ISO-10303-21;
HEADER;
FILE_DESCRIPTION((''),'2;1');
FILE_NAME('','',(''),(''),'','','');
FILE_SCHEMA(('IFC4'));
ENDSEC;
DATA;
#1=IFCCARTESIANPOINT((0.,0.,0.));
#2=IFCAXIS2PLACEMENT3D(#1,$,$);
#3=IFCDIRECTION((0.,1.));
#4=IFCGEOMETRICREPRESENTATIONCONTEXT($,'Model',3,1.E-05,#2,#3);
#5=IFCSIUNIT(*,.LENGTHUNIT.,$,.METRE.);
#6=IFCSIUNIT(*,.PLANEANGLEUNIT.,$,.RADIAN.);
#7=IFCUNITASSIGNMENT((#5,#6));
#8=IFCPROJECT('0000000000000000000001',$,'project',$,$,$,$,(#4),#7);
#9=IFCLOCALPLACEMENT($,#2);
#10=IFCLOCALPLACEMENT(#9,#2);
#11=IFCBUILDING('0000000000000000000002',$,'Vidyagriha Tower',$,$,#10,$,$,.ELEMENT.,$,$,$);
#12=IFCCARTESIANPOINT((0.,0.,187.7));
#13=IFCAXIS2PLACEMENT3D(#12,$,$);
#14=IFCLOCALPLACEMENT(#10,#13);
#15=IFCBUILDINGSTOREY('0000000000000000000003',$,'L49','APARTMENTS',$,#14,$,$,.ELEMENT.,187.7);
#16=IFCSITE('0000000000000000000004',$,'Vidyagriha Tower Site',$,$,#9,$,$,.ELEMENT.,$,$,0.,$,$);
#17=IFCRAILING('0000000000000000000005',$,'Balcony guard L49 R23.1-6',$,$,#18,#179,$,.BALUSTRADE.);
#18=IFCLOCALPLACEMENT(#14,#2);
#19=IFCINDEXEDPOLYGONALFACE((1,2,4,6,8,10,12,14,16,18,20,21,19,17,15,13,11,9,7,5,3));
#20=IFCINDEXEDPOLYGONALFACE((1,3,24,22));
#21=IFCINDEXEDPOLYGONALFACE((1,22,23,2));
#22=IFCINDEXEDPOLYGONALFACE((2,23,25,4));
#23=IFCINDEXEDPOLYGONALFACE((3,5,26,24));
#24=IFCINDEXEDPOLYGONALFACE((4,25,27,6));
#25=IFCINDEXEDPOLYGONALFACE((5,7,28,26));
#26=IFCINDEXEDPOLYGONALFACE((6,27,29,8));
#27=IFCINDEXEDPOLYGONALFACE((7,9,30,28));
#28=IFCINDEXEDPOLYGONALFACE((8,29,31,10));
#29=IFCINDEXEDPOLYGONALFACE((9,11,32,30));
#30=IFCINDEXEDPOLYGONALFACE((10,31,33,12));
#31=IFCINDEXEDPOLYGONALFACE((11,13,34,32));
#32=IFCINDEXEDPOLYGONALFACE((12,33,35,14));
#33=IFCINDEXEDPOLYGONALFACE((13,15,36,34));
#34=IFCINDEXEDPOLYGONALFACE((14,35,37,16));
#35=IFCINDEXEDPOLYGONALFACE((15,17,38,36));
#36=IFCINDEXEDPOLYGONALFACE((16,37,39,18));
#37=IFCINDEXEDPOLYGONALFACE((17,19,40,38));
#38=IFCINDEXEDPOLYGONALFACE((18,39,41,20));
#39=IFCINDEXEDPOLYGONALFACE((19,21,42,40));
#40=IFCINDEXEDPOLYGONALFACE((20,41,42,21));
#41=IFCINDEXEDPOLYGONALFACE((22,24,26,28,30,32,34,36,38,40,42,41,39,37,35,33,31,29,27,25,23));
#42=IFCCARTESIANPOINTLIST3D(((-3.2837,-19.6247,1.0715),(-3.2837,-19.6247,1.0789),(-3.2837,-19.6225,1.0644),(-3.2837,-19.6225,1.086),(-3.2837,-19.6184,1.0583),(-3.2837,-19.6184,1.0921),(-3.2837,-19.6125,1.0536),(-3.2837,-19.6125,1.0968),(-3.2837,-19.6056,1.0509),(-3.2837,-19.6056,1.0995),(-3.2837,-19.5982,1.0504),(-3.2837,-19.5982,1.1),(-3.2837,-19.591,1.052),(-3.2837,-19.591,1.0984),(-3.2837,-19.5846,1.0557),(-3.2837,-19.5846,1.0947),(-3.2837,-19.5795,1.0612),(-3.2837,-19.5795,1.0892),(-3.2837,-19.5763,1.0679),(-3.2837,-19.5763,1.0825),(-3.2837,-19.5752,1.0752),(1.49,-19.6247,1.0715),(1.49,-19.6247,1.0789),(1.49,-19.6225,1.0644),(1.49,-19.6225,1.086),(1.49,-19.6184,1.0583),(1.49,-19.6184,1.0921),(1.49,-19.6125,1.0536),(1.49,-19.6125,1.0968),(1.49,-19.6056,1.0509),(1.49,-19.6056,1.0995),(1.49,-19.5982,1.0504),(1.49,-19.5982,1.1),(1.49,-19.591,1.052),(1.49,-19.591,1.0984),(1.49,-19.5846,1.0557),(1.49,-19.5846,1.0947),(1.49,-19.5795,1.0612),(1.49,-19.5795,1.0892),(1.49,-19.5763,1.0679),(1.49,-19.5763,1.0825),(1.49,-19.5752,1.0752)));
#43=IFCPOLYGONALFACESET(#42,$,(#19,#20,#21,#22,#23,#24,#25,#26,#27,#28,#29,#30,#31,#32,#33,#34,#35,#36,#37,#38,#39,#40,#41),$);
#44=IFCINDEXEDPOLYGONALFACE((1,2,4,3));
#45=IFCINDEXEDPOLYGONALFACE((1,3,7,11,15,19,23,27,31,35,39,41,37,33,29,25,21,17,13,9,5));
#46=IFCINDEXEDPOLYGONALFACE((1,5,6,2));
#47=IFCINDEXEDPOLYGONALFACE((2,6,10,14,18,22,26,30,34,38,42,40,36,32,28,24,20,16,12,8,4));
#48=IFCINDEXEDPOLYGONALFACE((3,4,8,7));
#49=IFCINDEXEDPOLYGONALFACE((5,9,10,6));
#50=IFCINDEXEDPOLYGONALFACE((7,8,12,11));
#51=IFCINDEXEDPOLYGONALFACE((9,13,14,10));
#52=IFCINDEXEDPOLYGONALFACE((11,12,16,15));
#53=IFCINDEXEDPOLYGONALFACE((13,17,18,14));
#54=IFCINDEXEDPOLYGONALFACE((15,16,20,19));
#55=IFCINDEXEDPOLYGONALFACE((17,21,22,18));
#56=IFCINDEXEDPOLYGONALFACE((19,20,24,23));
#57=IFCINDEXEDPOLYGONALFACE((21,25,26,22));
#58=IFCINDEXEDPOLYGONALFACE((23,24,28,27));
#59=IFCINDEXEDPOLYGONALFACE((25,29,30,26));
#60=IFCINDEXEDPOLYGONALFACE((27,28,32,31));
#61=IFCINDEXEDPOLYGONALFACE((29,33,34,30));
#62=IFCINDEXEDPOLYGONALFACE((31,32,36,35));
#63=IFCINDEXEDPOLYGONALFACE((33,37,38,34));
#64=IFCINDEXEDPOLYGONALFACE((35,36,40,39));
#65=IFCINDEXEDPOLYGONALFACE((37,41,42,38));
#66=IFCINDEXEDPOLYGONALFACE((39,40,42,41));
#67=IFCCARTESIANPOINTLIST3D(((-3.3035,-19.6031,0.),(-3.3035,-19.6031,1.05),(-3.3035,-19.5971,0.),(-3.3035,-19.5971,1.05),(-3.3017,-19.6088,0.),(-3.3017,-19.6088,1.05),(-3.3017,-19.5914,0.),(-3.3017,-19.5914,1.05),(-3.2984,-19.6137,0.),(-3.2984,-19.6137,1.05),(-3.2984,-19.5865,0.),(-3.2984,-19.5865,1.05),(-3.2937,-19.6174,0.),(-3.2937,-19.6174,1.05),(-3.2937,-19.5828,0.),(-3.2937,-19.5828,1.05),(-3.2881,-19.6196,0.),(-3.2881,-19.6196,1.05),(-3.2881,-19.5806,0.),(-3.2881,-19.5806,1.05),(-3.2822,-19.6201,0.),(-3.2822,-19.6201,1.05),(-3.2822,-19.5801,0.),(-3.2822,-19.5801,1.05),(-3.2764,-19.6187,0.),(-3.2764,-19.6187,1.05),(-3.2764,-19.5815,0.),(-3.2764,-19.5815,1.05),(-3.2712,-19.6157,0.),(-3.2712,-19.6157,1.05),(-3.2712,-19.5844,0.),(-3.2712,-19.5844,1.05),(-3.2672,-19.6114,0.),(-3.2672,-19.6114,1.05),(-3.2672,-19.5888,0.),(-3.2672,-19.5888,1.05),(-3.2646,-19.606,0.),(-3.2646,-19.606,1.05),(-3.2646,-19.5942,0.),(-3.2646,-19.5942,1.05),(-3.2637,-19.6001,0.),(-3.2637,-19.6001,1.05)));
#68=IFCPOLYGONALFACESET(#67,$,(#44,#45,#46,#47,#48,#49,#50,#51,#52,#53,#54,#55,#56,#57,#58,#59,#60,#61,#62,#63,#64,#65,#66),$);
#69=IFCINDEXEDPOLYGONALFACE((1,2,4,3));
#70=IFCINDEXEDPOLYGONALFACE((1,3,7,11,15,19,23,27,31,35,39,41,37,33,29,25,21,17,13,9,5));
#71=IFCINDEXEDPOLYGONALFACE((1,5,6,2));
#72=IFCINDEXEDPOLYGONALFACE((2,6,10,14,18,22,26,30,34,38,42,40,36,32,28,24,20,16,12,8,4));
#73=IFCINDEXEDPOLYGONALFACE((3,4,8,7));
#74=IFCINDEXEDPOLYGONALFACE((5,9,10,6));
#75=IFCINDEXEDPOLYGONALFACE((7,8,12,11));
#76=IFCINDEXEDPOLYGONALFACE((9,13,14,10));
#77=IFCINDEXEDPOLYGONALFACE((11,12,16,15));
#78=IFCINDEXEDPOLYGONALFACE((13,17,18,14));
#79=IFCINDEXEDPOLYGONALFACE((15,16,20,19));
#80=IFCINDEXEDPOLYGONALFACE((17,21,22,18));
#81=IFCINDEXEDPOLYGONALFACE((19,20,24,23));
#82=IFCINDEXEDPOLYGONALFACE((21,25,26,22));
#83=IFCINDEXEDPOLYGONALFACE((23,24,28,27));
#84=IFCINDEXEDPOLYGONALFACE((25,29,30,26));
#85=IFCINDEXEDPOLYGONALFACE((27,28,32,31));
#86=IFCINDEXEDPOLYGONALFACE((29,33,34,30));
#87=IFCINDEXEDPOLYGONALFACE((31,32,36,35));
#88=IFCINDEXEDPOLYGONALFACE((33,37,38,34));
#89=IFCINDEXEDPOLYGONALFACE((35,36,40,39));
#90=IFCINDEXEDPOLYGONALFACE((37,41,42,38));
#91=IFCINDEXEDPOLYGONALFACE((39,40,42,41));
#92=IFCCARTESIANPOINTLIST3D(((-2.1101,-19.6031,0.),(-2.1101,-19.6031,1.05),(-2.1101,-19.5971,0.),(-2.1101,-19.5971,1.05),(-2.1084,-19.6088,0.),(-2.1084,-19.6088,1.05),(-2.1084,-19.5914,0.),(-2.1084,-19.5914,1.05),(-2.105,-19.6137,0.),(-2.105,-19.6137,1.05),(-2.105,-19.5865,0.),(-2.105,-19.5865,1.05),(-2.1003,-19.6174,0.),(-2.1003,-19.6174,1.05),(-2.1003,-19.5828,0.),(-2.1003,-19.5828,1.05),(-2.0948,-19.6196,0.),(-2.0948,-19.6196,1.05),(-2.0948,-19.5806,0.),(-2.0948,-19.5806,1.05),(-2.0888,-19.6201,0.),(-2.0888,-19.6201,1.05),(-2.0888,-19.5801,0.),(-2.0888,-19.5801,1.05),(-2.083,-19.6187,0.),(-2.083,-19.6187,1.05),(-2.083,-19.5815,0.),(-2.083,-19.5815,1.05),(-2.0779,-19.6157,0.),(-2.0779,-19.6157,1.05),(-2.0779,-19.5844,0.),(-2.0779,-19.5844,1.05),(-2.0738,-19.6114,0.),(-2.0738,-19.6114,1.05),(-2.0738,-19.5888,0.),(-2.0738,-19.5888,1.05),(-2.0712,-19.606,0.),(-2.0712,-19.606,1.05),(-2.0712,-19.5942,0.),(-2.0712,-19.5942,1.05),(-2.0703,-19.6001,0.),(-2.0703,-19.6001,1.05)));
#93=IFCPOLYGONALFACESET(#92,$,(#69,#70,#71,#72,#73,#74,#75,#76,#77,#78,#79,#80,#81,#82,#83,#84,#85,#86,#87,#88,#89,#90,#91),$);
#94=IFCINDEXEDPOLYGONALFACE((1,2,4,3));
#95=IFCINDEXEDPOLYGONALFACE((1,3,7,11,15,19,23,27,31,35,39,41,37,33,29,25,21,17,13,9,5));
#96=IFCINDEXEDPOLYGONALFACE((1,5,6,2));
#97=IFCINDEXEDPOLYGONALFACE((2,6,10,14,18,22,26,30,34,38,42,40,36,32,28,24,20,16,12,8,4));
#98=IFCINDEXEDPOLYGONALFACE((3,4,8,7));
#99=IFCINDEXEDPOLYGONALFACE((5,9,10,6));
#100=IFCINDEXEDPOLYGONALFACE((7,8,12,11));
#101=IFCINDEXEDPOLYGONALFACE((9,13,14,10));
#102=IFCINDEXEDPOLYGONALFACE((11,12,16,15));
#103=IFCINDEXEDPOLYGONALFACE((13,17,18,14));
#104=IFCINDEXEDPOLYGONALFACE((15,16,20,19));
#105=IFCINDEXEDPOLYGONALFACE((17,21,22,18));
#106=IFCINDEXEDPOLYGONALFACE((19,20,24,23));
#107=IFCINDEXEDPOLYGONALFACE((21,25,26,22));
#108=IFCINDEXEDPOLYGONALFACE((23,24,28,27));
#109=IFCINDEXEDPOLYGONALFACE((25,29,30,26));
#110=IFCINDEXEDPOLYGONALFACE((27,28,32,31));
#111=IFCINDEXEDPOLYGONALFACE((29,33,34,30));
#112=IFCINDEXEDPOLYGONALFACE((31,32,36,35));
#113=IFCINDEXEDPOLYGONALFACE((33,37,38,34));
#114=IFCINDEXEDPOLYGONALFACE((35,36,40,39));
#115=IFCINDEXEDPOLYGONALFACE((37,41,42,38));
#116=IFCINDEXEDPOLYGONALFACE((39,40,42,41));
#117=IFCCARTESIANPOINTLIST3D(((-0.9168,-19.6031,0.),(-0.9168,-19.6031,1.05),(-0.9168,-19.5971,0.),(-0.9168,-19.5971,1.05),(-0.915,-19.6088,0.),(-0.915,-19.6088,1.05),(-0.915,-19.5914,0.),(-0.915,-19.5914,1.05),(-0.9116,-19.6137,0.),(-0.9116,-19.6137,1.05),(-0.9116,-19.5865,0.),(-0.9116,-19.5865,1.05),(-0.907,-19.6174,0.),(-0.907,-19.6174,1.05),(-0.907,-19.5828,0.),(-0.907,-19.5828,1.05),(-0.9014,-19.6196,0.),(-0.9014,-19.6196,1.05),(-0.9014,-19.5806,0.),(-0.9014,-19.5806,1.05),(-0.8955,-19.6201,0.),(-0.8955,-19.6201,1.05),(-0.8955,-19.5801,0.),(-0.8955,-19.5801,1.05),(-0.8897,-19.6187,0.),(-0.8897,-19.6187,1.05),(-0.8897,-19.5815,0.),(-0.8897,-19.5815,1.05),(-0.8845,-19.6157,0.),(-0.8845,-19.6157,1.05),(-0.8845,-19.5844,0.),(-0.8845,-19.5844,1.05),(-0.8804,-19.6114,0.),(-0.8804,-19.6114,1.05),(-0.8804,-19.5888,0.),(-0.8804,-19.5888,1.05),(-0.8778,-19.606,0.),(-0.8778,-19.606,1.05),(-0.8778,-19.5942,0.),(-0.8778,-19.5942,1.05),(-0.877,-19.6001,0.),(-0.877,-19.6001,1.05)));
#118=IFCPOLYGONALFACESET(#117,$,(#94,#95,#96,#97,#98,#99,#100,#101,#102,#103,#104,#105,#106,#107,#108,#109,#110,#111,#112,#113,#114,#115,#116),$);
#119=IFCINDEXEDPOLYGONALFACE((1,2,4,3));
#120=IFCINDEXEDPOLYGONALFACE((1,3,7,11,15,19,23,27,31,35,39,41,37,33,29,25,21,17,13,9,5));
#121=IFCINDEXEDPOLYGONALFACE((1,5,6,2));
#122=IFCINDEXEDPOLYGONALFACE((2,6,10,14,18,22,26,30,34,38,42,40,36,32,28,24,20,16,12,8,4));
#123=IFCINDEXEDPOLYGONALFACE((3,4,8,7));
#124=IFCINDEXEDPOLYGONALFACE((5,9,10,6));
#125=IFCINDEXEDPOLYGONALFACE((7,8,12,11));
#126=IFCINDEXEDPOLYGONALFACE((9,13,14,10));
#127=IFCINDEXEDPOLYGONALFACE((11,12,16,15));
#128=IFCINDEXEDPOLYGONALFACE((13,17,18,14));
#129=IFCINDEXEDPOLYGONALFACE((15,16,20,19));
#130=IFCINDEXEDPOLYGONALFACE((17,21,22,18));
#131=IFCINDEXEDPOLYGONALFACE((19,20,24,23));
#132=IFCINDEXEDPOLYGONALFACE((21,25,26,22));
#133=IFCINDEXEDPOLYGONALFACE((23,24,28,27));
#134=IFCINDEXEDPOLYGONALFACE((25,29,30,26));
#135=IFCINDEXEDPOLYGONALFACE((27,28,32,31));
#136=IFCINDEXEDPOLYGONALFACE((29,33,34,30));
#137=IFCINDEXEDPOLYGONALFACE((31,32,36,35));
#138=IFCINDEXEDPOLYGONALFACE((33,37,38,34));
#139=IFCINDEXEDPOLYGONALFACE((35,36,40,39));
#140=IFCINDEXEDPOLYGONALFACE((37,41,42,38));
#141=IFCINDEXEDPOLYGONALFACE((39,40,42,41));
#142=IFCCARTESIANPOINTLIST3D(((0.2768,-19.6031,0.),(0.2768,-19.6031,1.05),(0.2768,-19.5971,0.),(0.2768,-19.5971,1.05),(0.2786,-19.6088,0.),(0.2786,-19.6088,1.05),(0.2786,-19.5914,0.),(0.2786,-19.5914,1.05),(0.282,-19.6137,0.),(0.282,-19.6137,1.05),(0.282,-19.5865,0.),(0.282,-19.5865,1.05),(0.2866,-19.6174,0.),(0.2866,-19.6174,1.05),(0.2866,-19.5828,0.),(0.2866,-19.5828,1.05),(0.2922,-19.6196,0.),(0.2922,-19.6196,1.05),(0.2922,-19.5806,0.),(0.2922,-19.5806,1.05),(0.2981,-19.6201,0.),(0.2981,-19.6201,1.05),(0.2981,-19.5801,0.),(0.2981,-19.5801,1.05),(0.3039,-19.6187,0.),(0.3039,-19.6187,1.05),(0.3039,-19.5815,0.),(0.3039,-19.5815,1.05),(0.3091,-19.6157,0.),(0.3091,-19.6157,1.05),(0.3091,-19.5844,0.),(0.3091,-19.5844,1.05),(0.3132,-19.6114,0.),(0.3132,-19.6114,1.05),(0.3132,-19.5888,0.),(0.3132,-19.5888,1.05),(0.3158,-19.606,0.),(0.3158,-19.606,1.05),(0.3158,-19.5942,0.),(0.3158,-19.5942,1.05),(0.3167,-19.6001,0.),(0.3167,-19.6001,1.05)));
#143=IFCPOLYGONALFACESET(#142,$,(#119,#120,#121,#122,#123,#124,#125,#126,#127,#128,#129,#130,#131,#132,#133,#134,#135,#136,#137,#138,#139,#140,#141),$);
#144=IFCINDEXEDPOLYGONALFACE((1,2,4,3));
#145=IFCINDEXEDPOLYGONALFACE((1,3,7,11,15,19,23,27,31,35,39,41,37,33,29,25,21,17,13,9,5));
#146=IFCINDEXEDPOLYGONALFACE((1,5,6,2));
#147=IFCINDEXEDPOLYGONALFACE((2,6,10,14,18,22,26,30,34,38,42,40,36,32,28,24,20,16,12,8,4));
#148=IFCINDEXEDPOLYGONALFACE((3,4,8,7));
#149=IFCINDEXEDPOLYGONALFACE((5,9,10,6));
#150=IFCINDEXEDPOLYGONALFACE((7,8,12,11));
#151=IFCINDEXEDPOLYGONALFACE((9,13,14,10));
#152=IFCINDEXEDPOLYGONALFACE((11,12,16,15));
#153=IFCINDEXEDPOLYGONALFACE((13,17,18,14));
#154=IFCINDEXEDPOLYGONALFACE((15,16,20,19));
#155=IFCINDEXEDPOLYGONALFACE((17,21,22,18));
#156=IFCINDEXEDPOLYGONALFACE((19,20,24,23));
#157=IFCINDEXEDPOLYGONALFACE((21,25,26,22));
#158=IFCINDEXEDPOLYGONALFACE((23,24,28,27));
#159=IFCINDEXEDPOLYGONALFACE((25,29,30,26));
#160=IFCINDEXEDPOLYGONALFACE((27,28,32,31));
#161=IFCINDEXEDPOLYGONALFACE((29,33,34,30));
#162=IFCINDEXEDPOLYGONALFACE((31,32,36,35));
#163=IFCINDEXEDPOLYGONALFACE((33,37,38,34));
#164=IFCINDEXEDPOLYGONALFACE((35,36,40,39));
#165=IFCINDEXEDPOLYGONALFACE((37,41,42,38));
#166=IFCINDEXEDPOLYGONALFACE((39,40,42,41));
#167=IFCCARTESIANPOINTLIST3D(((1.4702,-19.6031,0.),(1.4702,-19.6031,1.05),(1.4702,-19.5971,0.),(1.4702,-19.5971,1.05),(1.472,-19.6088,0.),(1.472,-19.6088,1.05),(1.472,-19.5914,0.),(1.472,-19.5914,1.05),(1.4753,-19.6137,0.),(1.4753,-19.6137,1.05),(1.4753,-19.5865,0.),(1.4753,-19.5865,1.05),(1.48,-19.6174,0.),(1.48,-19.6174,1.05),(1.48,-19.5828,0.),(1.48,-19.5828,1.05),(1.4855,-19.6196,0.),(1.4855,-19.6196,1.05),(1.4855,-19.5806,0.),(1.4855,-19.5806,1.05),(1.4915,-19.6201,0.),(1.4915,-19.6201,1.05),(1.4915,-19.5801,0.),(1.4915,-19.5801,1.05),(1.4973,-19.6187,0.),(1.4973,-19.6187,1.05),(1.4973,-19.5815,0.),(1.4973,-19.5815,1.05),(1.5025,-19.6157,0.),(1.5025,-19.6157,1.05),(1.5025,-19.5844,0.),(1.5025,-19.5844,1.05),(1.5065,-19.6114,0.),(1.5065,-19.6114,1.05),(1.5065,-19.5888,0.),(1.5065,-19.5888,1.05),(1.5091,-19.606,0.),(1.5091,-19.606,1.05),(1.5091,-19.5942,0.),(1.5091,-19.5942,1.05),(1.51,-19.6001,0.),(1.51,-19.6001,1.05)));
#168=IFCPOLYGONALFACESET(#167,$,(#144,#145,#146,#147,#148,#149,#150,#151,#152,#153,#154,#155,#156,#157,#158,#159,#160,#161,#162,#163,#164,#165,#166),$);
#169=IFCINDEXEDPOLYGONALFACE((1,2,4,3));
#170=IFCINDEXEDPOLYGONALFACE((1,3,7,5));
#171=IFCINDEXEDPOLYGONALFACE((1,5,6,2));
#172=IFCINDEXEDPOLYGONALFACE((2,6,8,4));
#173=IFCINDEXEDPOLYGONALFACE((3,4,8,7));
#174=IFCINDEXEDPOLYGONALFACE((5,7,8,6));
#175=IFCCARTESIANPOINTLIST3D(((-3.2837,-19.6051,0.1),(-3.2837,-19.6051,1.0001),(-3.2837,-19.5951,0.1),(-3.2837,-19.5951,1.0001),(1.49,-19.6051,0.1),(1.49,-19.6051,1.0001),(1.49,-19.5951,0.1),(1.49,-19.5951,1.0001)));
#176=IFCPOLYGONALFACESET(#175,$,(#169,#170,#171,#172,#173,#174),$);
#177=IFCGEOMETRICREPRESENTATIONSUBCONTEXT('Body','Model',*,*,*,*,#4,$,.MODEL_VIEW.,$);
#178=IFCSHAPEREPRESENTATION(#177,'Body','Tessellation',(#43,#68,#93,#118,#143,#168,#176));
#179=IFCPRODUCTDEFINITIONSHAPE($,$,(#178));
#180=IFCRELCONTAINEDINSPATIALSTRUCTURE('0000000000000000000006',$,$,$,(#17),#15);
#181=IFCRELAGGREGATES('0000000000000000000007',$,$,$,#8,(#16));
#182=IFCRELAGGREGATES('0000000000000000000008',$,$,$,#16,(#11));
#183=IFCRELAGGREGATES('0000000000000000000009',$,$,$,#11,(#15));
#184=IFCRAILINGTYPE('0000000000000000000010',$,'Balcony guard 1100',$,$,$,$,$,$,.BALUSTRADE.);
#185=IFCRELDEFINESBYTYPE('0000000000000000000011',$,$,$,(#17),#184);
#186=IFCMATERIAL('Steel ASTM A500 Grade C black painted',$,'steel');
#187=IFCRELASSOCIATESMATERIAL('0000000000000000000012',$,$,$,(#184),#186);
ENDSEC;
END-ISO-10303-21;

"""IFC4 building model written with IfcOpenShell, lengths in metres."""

from ifc_helpers import new_model, si_unit, direction, frame, origin, origin_2d, place, context, subcontext, project, spatial, rectangle, circle, extrude, material, type_object, element, save


model = new_model("IFC4")

# Units and contexts
model_context = context("Model", 3, precision=1e-05, world=origin(), true_north=direction((0.0, 1.0)))
body_context = subcontext(model_context, "Body", "Model", "MODEL_VIEW")
ifc_project = project(units=[si_unit("LENGTHUNIT", "METRE"), si_unit("PLANEANGLEUNIT", "RADIAN")], contexts=[model_context])

# Site, building, storey
site_placement = place(None, origin())
site = spatial("IfcSite", under=ifc_project, at=site_placement, Name="Vidyagriha Tower Site", CompositionType="ELEMENT", RefElevation=0.0)
building_placement = place(site_placement, origin())
building = spatial("IfcBuilding", under=site, at=building_placement, Name="Vidyagriha Tower", CompositionType="ELEMENT")
storey_placement = place(building_placement, frame((0.0, 0.0, 187.7)))
storey = spatial("IfcBuildingStorey", under=building, at=storey_placement, Name="L49", Description="APARTMENTS", CompositionType="ELEMENT", Elevation=187.7)

# Railing
ifc_material_1 = material(Name="Steel ASTM A500 Grade C black painted", Category="steel")
railing_type = type_object("IfcRailingType", Name="Balcony guard 1100", PredefinedType="BALUSTRADE", material=ifc_material_1)
railing_1_placement = place(storey_placement, frame((-3.2837, -19.6001, 0.0)))
element("IfcRailing", 1, at=railing_1_placement, inside=storey, type_object=railing_type, Name="Balcony guard L49 R23.1-6", PredefinedType="BALUSTRADE", context=body_context, shape_type="SweptSolid", body=[
    extrude(circle(Radius=0.0249, at=origin_2d()), frame((0.0, 0.0, 1.0752), z_axis=(1.0, 0.0, 0.0), x_axis=(0.0, 1.0, 0.0)), (0.0, 0.0, 1.0), 4.7737),
    extrude(circle(Radius=0.02, at=origin_2d()), origin(), (0.0, 0.0, 1.0), 1.05),
    extrude(circle(Radius=0.02, at=origin_2d()), frame((1.1934, 0.0, 0.0)), (0.0, 0.0, 1.0), 1.05),
    extrude(circle(Radius=0.02, at=origin_2d()), frame((2.3867, 0.0, 0.0)), (0.0, 0.0, 1.0), 1.05),
    extrude(circle(Radius=0.02, at=origin_2d()), frame((3.5803, 0.0, 0.0)), (0.0, 0.0, 1.0), 1.05),
    extrude(circle(Radius=0.02, at=origin_2d()), frame((4.7737, 0.0, 0.0)), (0.0, 0.0, 1.0), 1.05),
    extrude(rectangle(XDim=0.01, YDim=0.9001, at=origin_2d()), frame((0.0, 0.0, 0.55), z_axis=(1.0, 0.0, 0.0), x_axis=(0.0, 1.0, 0.0)), (0.0, 0.0, 1.0), 4.7737),
])

save(model, "model.ifc")
